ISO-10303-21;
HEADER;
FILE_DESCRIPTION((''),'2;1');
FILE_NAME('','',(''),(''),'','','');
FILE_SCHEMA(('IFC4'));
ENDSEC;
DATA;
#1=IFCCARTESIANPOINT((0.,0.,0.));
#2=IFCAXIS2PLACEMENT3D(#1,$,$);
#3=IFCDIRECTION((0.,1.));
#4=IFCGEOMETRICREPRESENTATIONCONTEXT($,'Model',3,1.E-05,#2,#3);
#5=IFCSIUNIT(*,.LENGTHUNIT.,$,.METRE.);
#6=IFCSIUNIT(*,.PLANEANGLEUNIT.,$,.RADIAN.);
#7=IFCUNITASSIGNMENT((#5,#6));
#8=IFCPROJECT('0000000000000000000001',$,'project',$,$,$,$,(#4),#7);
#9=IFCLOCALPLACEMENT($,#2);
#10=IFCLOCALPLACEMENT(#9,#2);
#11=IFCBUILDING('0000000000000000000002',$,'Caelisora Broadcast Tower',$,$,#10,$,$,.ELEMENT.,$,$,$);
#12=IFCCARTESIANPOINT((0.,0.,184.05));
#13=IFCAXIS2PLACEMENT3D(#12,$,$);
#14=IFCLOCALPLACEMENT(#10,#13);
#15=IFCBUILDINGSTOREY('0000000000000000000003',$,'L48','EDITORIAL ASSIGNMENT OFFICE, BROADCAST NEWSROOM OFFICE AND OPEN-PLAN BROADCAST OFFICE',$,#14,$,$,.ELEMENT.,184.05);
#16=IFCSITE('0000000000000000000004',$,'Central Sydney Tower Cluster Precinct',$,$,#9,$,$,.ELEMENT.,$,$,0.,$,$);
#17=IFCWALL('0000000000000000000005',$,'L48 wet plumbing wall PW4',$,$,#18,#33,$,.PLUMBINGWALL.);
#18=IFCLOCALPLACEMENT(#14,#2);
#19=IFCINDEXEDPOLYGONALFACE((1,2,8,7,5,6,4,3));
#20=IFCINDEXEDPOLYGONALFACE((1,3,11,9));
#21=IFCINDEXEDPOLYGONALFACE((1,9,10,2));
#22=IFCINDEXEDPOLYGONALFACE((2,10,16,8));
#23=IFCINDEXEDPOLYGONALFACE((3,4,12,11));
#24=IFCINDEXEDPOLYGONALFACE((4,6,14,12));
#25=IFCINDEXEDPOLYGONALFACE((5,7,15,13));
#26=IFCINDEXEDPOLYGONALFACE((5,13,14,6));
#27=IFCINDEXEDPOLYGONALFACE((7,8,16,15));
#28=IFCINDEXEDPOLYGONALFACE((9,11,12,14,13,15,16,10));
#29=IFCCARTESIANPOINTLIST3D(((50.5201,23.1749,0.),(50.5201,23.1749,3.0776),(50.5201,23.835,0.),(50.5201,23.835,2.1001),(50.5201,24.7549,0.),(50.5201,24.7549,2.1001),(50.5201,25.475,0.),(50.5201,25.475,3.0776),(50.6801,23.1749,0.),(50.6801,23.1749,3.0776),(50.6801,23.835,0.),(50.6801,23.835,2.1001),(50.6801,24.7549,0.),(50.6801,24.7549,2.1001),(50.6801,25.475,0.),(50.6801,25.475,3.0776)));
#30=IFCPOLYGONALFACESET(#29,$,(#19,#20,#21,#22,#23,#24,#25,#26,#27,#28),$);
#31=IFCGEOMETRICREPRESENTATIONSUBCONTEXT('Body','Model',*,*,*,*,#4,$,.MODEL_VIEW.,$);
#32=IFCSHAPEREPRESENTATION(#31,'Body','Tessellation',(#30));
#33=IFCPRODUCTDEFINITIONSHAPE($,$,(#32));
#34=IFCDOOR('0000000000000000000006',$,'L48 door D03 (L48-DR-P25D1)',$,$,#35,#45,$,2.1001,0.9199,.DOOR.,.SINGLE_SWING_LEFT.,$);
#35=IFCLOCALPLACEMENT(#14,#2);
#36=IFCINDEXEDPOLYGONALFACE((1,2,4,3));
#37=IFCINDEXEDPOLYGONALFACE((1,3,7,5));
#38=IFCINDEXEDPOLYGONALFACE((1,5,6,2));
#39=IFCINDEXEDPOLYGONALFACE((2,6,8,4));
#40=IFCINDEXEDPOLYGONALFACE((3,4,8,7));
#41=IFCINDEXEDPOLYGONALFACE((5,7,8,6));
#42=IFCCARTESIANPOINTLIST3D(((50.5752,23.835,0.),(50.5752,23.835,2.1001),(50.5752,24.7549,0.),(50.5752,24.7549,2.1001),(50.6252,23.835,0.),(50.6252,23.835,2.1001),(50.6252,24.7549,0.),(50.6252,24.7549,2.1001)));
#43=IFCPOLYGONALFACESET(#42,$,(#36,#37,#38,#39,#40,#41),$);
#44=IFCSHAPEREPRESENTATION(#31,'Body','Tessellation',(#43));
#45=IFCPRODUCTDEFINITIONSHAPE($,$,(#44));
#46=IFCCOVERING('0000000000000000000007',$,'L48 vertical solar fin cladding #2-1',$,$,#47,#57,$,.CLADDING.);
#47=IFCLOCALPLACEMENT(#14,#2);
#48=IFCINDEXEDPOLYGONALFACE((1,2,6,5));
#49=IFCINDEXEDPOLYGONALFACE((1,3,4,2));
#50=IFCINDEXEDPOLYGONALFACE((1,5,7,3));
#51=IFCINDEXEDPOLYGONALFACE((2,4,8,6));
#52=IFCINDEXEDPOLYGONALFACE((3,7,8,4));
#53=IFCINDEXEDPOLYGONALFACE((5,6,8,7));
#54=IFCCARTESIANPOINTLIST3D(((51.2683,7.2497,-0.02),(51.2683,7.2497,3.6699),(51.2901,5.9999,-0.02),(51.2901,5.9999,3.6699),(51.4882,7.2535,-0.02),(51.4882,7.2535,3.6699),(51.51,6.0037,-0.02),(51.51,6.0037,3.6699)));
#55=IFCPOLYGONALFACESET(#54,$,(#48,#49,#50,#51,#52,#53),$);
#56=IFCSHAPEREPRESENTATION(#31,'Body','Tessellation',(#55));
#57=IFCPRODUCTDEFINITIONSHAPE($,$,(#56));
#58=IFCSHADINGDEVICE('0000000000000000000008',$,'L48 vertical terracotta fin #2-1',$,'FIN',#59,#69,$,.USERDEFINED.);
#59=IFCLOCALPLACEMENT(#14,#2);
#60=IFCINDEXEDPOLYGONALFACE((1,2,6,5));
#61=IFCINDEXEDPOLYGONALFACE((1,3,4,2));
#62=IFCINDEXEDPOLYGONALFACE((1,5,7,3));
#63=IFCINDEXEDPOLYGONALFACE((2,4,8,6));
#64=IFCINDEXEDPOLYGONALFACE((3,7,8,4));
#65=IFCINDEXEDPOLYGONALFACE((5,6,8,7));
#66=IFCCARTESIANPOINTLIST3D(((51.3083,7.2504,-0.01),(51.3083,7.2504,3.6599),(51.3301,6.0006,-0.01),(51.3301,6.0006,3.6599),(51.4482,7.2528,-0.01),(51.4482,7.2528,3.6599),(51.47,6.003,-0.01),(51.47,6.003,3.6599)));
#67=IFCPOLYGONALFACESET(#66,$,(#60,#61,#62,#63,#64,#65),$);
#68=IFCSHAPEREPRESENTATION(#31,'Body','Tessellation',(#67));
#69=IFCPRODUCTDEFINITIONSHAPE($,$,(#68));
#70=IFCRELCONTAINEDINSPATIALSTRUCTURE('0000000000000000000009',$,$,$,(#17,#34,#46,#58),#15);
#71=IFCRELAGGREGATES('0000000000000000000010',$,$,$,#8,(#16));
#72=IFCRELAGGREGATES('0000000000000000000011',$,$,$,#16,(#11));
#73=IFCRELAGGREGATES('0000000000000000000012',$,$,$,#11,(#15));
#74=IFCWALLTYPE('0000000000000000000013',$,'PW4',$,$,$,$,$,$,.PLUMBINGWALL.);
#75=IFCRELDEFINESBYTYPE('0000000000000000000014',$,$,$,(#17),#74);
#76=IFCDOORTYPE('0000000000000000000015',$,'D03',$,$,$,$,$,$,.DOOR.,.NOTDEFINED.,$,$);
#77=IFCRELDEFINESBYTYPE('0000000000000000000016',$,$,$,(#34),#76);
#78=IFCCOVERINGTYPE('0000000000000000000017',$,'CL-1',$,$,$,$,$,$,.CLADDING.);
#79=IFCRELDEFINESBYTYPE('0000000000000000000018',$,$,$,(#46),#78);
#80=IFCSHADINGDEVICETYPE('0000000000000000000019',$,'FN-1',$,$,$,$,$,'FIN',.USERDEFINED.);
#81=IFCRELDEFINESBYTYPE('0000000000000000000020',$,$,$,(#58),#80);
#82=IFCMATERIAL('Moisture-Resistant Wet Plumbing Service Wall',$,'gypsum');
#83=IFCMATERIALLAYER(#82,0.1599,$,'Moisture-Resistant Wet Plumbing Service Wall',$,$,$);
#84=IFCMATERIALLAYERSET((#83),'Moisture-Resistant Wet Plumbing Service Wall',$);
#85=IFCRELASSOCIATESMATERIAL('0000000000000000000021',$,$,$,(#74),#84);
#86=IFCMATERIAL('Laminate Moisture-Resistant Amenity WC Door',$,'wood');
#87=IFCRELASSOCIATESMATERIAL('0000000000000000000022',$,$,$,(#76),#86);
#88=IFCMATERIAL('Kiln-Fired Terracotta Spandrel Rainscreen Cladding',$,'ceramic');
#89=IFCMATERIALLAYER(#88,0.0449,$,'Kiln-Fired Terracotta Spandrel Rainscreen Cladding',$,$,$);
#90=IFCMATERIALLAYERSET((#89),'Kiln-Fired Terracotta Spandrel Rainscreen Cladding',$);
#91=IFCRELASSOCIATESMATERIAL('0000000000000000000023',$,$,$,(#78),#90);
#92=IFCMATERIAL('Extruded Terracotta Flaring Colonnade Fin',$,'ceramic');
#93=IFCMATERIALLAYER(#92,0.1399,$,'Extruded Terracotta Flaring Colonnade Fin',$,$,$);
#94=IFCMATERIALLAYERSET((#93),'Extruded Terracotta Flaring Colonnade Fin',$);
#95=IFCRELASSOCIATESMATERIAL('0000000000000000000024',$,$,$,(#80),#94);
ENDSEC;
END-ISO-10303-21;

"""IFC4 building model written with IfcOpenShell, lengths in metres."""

from ifc_helpers import new_model, si_unit, direction, frame, frame_2d, origin, origin_2d, place, context, subcontext, project, spatial, rectangle, extrude, source, transform, mapped, material, layer, layer_set, type_object, type_shapes, element, fill, save


model = new_model("IFC4")

# Units and contexts
model_context = context("Model", 3, precision=1e-05, world=origin(), true_north=direction((0.0, 1.0)))
body_context = subcontext(model_context, "Body", "Model", "MODEL_VIEW")
ifc_project = project(units=[si_unit("LENGTHUNIT", "METRE"), si_unit("PLANEANGLEUNIT", "RADIAN")], contexts=[model_context])

# Site, building, storey
site_placement = place(None, origin())
site = spatial("IfcSite", under=ifc_project, at=site_placement, Name="Central Sydney Tower Cluster Precinct", CompositionType="ELEMENT", RefElevation=0.0)
building_placement = place(site_placement, origin())
building = spatial("IfcBuilding", under=site, at=building_placement, Name="Caelisora Broadcast Tower", CompositionType="ELEMENT")
storey_placement = place(building_placement, frame((0.0, 0.0, 184.05)))
storey = spatial("IfcBuildingStorey", under=building, at=storey_placement, Name="L48", Description="EDITORIAL ASSIGNMENT OFFICE, BROADCAST NEWSROOM OFFICE AND OPEN-PLAN BROADCAST OFFICE", CompositionType="ELEMENT", Elevation=184.05)

# Shared definitions
ifc_material_1 = material(Name="Moisture-Resistant Wet Plumbing Service Wall", Category="gypsum")
ifc_layer_1 = layer(ifc_material_1, 0.1599, Name="Moisture-Resistant Wet Plumbing Service Wall")
ifc_layer_set_1 = layer_set([ifc_layer_1], Name="Moisture-Resistant Wet Plumbing Service Wall")
wall_type_1 = type_object("IfcWallType", Name="PW4", PredefinedType="PLUMBINGWALL", material=ifc_layer_set_1)

# Wall, opening, door
wall_1_placement = place(storey_placement, frame((50.6001, 23.175, 0.0), z_axis=(0.0, 0.0, 1.0), x_axis=(0.0, 1.0, 0.0)))
wall_1 = element("IfcWall", 1, at=wall_1_placement, inside=storey, type_object=wall_type_1, Name="L48 wet plumbing wall PW4", PredefinedType="PLUMBINGWALL", context=body_context, shape_type="SweptSolid", body=[
    extrude(rectangle(XDim=2.3, YDim=0.1599, at=frame_2d((1.1499, 0.0))), origin(), (0.0, 0.0, 1.0), 3.0776),
])
opening_1_placement = place(wall_1_placement, frame((0.6599, 0.0, 0.0)))
opening_1 = element("IfcOpeningElement", 2, at=opening_1_placement, cuts=wall_1, PredefinedType="OPENING", context=body_context, shape_type="SweptSolid", body=[
    extrude(rectangle(XDim=0.9199, YDim=2.1001, at=frame_2d((0.46, 1.05))), frame((0.0, 0.092, 0.0), z_axis=(0.0, -1.0, 0.0), x_axis=(1.0, 0.0, 0.0)), (0.0, 0.0, 1.0), 0.1838),
])
ifc_material_2 = material(Name="Laminate Moisture-Resistant Amenity WC Door", Category="wood")
door_type_1 = type_object("IfcDoorType", Name="D03", OperationType="NOTDEFINED", PredefinedType="DOOR", material=ifc_material_2)
door_1_placement = place(opening_1_placement, origin())
door_1 = element("IfcDoor", 3, at=door_1_placement, inside=storey, type_object=door_type_1, Name="L48 door D03 (L48-DR-P25D1)", OperationType="SINGLE_SWING_LEFT", OverallHeight=2.1001, OverallWidth=0.9199, PredefinedType="DOOR", context=body_context, shape_type="SweptSolid", body=[
    extrude(rectangle(XDim=0.9199, YDim=2.1001, at=frame_2d((0.46, 1.05))), frame((0.0, 0.0249, 0.0), z_axis=(0.0, -1.0, 0.0), x_axis=(1.0, 0.0, 0.0)), (0.0, 0.0, 1.0), 0.05),
])
fill(opening_1, door_1)

# Covering
ifc_material_3 = material(Name="Kiln-Fired Terracotta Spandrel Rainscreen Cladding", Category="ceramic")
ifc_layer_2 = layer(ifc_material_3, 0.0449, Name="Kiln-Fired Terracotta Spandrel Rainscreen Cladding")
ifc_layer_set_2 = layer_set([ifc_layer_2], Name="Kiln-Fired Terracotta Spandrel Rainscreen Cladding")
covering_type = type_object("IfcCoveringType", Name="CL-1", PredefinedType="CLADDING", material=ifc_layer_set_2)
shared_shape_1 = source(origin(), body_context, "Body", "SweptSolid", [
    extrude(rectangle(XDim=0.22, YDim=1.25, at=origin_2d()), origin(), (0.0, 0.0, 1.0), 3.6899),
])
type_shapes(covering_type, [shared_shape_1])
covering_placement = place(storey_placement, frame((51.3892, 6.6267, -0.02), z_axis=(0.0, 0.0, 1.0), x_axis=(-0.999848, -0.017452, 0.0)))
element("IfcCovering", 4, at=covering_placement, inside=storey, type_object=covering_type, Name="L48 vertical solar fin cladding #2-1", PredefinedType="CLADDING", context=body_context, shape_type="MappedRepresentation", body=[
    mapped(shared_shape_1, transform((0.0, 0.0, 0.0), scale=1.0)),
])

# Shading device
ifc_material_4 = material(Name="Extruded Terracotta Flaring Colonnade Fin", Category="ceramic")
ifc_layer_3 = layer(ifc_material_4, 0.1399, Name="Extruded Terracotta Flaring Colonnade Fin")
ifc_layer_set_3 = layer_set([ifc_layer_3], Name="Extruded Terracotta Flaring Colonnade Fin")
shading_device_type = type_object("IfcShadingDeviceType", Name="FN-1", ElementType="FIN", PredefinedType="USERDEFINED", material=ifc_layer_set_3)
shared_shape_2 = source(origin(), body_context, "Body", "SweptSolid", [
    extrude(rectangle(XDim=0.1399, YDim=1.25, at=origin_2d()), origin(), (0.0, 0.0, 1.0), 3.6699),
])
type_shapes(shading_device_type, [shared_shape_2])
shading_device_placement = place(storey_placement, frame((51.3892, 6.6267, -0.01), z_axis=(0.0, 0.0, 1.0), x_axis=(-0.999848, -0.017452, 0.0)))
element("IfcShadingDevice", 5, at=shading_device_placement, inside=storey, type_object=shading_device_type, Name="L48 vertical terracotta fin #2-1", ObjectType="FIN", PredefinedType="USERDEFINED", context=body_context, shape_type="MappedRepresentation", body=[
    mapped(shared_shape_2, transform((0.0, 0.0, 0.0), scale=1.0)),
])

save(model, "model.ifc")
